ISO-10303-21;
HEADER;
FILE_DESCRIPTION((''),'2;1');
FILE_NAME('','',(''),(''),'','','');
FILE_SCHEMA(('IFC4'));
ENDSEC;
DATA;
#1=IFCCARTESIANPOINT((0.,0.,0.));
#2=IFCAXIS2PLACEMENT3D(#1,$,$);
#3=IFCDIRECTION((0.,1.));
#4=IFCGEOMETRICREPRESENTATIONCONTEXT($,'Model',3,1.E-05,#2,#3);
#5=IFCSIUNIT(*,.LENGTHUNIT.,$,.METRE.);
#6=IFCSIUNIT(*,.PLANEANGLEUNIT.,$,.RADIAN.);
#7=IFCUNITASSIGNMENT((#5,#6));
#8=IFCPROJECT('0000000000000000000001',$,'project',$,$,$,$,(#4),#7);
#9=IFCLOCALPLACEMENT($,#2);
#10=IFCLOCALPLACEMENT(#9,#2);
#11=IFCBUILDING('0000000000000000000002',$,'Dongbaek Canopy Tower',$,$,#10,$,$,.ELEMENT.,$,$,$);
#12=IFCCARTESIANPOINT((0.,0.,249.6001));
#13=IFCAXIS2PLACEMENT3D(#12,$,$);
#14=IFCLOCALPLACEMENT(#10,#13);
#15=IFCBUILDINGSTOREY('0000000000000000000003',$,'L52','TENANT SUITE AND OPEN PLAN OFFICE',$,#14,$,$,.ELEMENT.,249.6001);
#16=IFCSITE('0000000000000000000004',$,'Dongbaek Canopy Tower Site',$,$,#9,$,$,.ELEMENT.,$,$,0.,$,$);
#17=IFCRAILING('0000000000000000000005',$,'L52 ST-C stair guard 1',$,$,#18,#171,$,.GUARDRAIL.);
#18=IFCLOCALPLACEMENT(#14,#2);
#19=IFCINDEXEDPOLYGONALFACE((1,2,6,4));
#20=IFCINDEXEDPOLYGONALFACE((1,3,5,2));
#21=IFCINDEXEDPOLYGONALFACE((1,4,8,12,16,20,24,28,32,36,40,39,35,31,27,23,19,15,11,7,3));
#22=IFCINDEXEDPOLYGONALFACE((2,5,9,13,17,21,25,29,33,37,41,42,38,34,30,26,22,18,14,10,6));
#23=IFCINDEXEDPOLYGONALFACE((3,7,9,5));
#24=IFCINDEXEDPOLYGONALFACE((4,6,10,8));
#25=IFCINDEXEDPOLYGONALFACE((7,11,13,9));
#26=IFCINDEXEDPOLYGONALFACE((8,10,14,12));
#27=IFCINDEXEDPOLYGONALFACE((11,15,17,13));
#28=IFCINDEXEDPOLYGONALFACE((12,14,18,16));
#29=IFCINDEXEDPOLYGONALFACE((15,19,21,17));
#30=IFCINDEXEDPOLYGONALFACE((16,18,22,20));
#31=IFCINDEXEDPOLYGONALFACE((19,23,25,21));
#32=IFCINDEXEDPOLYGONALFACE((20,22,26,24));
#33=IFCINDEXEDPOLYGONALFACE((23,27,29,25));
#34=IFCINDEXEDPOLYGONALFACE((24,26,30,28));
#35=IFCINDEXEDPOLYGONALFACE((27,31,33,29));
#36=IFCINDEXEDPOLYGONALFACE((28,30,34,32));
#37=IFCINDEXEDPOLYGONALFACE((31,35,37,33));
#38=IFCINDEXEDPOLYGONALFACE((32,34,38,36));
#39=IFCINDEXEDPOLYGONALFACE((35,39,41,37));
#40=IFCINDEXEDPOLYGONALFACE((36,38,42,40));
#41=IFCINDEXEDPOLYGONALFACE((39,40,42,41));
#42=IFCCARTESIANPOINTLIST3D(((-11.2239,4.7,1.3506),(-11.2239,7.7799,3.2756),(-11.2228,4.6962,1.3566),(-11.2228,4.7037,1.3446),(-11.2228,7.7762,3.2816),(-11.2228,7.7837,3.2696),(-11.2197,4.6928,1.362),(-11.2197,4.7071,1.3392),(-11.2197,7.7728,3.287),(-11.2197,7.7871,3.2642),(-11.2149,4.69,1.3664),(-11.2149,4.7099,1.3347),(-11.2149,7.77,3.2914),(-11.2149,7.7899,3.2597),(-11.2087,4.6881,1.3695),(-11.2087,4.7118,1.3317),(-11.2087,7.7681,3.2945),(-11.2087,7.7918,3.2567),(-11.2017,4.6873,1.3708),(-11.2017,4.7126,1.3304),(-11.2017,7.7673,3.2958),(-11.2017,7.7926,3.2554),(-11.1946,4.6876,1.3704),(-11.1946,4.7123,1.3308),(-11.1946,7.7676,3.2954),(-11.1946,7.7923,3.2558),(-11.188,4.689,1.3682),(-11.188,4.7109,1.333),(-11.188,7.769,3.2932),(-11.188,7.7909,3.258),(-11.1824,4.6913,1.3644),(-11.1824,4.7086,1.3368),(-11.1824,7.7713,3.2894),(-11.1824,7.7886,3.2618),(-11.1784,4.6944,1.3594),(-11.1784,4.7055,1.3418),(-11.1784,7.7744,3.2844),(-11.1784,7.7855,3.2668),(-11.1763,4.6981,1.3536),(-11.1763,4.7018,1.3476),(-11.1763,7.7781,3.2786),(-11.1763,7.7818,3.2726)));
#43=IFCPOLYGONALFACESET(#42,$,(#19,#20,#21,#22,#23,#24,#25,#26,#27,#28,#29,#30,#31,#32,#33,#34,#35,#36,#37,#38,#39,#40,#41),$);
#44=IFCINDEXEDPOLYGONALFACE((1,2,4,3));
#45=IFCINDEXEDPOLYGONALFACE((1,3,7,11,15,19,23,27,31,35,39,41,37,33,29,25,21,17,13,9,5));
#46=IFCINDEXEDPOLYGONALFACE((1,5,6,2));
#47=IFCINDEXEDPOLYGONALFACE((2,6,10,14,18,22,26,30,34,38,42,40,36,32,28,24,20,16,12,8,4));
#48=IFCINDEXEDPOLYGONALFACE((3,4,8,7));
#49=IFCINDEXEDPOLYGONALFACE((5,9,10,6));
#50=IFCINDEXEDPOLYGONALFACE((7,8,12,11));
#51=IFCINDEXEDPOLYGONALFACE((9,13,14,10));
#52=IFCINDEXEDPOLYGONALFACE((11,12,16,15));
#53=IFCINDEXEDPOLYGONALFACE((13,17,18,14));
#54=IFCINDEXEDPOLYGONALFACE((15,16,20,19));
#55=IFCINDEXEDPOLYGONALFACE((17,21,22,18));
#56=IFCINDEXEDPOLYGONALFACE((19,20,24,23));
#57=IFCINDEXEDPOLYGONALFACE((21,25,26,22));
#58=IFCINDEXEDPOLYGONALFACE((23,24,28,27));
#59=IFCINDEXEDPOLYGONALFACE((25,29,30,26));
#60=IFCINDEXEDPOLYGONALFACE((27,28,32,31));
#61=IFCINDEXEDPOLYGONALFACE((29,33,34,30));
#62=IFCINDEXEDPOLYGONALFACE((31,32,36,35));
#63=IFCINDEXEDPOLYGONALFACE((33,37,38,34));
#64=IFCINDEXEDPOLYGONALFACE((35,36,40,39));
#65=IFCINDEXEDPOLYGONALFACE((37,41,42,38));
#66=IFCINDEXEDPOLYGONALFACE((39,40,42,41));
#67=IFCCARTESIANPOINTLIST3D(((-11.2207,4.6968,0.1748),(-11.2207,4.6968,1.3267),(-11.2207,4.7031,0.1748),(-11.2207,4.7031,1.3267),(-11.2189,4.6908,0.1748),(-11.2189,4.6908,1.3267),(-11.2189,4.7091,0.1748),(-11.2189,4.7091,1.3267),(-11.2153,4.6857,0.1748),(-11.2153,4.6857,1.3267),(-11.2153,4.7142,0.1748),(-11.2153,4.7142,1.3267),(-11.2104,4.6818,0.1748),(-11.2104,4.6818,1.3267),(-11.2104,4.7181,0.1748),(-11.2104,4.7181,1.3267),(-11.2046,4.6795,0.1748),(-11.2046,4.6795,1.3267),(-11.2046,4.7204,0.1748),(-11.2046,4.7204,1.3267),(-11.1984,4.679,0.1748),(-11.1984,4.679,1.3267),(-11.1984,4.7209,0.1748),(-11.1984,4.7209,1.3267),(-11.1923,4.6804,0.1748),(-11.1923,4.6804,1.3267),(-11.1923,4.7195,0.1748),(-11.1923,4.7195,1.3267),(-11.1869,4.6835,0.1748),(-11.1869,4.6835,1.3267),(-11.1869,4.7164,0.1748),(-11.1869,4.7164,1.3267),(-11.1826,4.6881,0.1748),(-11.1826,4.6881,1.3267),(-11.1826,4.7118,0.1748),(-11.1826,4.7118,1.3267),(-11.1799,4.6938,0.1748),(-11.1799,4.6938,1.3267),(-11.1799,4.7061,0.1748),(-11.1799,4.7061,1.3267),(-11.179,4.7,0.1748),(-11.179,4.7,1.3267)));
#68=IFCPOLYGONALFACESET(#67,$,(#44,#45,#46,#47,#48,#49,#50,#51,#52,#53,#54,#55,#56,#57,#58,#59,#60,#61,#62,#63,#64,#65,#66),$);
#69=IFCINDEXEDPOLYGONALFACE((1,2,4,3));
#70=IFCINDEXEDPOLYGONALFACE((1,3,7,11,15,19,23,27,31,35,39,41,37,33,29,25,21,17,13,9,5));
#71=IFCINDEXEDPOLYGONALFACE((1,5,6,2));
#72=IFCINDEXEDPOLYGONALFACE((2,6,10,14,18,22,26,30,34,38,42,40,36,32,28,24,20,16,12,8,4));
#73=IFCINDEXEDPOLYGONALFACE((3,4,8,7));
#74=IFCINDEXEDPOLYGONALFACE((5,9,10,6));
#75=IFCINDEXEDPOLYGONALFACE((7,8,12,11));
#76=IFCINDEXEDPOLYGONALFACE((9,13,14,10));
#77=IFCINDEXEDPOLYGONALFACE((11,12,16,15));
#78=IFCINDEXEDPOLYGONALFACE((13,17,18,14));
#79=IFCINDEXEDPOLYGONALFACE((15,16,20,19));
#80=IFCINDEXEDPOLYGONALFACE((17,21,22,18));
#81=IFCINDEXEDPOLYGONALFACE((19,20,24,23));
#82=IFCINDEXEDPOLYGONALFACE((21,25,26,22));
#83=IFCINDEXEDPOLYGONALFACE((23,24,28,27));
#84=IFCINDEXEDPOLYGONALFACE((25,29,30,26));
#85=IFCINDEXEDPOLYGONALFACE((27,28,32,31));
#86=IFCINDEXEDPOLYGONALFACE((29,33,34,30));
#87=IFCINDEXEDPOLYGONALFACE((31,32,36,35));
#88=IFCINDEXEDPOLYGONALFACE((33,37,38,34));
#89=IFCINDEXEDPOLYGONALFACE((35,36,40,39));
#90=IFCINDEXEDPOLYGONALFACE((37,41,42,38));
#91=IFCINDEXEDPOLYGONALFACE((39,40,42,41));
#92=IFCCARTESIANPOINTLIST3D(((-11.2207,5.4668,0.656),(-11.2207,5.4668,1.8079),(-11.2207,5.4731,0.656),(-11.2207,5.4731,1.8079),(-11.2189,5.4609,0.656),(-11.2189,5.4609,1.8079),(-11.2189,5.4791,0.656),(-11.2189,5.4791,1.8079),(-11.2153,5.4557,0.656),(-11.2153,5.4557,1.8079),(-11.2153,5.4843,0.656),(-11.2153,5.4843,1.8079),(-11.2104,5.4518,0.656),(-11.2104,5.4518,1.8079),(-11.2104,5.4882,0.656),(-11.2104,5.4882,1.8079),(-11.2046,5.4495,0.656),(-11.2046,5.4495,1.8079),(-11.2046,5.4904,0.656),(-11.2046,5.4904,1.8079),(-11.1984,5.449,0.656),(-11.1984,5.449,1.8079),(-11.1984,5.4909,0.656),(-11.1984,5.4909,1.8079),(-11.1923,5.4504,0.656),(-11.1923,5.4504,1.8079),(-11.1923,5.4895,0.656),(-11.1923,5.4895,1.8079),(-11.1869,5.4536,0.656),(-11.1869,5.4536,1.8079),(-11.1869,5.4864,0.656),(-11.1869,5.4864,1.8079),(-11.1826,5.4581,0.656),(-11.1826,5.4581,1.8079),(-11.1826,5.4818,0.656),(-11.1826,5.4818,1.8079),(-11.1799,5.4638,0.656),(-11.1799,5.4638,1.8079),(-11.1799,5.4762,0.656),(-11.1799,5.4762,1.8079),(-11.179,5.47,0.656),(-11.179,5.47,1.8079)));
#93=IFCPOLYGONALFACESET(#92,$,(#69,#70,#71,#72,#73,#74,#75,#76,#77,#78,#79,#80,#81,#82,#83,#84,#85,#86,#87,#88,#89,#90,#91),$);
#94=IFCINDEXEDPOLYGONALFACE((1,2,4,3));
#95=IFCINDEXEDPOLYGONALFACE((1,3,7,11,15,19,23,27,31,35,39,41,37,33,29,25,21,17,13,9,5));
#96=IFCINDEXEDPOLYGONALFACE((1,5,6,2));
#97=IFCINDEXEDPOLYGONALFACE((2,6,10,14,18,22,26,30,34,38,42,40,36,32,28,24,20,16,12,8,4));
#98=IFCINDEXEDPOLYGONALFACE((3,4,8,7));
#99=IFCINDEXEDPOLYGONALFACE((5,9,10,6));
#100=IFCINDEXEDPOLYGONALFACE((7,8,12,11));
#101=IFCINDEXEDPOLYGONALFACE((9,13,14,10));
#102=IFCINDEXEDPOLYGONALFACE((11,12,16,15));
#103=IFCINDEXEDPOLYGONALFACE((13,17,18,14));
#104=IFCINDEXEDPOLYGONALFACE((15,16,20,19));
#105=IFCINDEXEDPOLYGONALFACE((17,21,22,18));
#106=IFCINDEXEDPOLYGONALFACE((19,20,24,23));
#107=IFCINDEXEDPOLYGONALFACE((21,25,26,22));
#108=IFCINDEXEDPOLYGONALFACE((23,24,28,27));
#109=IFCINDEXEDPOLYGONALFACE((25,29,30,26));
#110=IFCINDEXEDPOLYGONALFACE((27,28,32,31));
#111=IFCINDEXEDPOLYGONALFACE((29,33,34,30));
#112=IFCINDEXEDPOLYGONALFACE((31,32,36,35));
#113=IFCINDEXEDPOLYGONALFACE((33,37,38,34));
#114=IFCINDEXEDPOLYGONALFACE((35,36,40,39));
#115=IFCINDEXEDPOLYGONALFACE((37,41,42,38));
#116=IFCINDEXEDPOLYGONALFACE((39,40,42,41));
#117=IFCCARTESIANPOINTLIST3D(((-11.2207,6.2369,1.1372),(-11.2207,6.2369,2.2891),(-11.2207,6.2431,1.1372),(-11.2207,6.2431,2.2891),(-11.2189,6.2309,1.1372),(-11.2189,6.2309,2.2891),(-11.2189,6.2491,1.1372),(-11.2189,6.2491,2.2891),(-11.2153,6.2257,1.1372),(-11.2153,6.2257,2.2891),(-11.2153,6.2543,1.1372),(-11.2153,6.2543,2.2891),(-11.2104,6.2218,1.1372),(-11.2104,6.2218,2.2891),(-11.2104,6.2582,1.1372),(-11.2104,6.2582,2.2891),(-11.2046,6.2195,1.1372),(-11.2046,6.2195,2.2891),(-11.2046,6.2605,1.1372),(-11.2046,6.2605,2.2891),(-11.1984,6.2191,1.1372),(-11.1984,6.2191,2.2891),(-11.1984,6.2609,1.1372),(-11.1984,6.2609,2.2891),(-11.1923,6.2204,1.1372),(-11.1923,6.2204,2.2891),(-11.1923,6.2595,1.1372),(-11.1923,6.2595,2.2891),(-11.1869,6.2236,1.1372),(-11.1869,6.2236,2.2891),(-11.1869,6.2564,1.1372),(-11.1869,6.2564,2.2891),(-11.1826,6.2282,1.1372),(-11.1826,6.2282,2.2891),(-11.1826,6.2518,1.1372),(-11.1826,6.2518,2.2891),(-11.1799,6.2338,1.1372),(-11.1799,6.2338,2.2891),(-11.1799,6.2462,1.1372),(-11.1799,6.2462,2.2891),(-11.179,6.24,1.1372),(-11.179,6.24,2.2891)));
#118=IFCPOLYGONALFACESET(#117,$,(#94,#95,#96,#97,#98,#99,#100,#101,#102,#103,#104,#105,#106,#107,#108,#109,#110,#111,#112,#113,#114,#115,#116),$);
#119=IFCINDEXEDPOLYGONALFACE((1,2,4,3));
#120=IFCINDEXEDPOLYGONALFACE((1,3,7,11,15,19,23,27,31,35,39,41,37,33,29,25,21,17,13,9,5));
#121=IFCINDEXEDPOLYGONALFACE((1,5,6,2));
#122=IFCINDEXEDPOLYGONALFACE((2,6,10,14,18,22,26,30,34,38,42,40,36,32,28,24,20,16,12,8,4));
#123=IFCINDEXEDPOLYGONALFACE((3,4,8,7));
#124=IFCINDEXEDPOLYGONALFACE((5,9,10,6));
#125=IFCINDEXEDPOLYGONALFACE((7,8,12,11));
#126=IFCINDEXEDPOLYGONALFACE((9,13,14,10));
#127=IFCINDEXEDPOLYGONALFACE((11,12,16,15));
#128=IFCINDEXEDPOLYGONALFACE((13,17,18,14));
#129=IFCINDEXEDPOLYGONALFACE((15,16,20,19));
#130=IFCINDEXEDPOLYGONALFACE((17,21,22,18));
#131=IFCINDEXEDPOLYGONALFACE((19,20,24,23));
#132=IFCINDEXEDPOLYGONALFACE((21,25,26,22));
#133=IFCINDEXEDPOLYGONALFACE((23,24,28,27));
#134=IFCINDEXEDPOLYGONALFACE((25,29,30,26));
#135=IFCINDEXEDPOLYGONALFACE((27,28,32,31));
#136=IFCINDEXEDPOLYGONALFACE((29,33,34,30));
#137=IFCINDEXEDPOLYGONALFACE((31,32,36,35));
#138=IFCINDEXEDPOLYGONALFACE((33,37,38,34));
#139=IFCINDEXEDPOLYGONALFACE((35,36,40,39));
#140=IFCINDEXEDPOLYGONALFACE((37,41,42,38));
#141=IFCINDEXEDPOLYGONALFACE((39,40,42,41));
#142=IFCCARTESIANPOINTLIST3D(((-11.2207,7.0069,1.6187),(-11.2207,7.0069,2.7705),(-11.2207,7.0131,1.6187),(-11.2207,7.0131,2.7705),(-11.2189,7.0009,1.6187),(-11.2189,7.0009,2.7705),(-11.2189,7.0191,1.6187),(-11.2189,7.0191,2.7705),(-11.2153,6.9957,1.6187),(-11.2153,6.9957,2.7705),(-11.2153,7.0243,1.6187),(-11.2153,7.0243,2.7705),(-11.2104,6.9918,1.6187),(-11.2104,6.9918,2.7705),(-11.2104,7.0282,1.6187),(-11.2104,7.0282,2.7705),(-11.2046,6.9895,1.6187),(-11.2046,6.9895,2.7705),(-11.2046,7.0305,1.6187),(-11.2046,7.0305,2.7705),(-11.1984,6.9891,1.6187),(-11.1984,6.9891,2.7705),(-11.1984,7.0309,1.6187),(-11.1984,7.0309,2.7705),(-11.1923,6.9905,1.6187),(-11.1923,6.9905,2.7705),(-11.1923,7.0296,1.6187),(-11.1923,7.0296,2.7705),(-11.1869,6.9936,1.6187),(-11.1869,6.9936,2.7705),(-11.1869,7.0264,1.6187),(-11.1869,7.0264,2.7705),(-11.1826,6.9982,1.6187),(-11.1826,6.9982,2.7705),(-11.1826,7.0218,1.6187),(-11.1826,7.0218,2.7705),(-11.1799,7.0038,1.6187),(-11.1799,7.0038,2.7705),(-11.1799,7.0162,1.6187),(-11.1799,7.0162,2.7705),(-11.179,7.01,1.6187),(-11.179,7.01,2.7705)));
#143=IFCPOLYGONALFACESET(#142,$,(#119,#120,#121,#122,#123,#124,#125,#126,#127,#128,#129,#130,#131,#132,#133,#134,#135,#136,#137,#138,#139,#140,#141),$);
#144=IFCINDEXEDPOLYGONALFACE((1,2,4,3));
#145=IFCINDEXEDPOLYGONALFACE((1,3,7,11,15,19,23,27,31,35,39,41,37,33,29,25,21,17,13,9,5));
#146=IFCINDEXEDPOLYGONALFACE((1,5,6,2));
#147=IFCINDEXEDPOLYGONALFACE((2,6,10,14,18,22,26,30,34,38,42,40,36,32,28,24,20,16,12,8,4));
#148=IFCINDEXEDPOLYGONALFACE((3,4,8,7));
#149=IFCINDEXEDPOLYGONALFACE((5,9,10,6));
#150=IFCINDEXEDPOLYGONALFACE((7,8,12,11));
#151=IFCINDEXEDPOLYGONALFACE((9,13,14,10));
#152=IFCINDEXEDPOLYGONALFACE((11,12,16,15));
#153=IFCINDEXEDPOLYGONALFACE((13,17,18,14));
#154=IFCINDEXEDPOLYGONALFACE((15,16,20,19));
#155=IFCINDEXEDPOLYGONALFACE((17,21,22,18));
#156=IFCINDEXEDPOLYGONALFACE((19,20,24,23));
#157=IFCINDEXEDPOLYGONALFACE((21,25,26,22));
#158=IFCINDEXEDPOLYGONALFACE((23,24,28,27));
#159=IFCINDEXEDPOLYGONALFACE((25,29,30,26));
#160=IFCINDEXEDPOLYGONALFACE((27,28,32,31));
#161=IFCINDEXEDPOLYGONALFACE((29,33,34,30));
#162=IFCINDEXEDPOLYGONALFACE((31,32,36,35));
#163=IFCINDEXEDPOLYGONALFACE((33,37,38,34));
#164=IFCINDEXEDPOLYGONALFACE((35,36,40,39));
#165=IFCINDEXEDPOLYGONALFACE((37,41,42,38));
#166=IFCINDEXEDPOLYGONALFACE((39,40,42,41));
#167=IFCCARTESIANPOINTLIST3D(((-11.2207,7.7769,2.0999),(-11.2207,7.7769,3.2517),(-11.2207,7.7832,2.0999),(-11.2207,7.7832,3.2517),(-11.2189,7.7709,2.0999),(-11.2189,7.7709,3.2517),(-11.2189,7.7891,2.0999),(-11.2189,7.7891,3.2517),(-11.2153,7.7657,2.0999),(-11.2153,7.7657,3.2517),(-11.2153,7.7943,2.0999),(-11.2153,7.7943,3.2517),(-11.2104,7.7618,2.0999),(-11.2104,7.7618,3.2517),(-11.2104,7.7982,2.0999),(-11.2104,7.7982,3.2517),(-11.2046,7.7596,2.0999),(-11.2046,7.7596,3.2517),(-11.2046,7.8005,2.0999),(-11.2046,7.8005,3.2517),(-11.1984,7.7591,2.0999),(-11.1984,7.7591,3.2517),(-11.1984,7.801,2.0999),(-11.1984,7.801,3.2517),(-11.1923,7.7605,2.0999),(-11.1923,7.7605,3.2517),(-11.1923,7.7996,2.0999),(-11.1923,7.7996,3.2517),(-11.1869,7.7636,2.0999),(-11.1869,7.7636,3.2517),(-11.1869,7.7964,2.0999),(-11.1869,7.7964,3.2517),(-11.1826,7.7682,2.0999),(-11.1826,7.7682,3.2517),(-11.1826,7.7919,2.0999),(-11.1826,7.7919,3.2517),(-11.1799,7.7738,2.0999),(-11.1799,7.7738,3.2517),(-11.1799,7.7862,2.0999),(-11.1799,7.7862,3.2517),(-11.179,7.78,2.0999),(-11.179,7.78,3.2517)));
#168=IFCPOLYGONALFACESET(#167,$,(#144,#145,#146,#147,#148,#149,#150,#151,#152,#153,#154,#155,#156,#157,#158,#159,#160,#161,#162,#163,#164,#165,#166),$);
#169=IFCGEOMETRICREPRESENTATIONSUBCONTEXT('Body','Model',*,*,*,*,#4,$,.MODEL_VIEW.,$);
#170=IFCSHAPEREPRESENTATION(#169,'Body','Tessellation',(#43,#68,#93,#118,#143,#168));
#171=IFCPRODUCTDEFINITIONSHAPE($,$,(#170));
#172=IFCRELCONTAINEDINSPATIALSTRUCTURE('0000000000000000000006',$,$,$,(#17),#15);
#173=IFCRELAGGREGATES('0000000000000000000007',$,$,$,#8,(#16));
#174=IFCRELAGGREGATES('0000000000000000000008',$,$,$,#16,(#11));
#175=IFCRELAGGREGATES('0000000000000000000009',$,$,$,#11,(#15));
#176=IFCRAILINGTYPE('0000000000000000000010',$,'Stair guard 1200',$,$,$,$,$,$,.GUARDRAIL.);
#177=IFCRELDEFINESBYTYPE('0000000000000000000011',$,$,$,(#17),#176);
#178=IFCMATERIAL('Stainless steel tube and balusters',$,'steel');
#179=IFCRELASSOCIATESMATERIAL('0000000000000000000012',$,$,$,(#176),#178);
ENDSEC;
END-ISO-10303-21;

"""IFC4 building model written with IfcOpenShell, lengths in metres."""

from ifc_helpers import new_model, si_unit, direction, frame, origin, origin_2d, place, context, subcontext, project, spatial, circle, extrude, material, type_object, element, save


model = new_model("IFC4")

# Units and contexts
model_context = context("Model", 3, precision=1e-05, world=origin(), true_north=direction((0.0, 1.0)))
body_context = subcontext(model_context, "Body", "Model", "MODEL_VIEW")
ifc_project = project(units=[si_unit("LENGTHUNIT", "METRE"), si_unit("PLANEANGLEUNIT", "RADIAN")], contexts=[model_context])

# Site, building, storey
site_placement = place(None, origin())
site = spatial("IfcSite", under=ifc_project, at=site_placement, Name="Dongbaek Canopy Tower Site", CompositionType="ELEMENT", RefElevation=0.0)
building_placement = place(site_placement, origin())
building = spatial("IfcBuilding", under=site, at=building_placement, Name="Dongbaek Canopy Tower", CompositionType="ELEMENT")
storey_placement = place(building_placement, frame((0.0, 0.0, 249.6001)))
storey = spatial("IfcBuildingStorey", under=building, at=storey_placement, Name="L52", Description="TENANT SUITE AND OPEN PLAN OFFICE", CompositionType="ELEMENT", Elevation=249.6001)

# Railing
ifc_material_1 = material(Name="Stainless steel tube and balusters", Category="steel")
railing_type_1 = type_object("IfcRailingType", Name="Stair guard 1200", PredefinedType="GUARDRAIL", material=ifc_material_1)
railing_1_placement = place(storey_placement, frame((-11.2, 4.7, 0.1748)))
element("IfcRailing", 1, at=railing_1_placement, inside=storey, type_object=railing_type_1, Name="L52 ST-C stair guard 1", PredefinedType="GUARDRAIL", context=body_context, shape_type="SweptSolid", body=[
    extrude(circle(Radius=0.0239, at=origin_2d()), frame((0.0, 0.0, 1.1758), z_axis=(0.0, 0.847998, 0.529999), x_axis=(-1.0, 0.0, 0.0)), (0.0, 0.0, 1.0), 3.6321),
    extrude(circle(Radius=0.021, at=origin_2d()), origin(), (0.0, 0.0, 1.0), 1.1519),
    extrude(circle(Radius=0.021, at=origin_2d()), frame((0.0, 0.77, 0.4812)), (0.0, 0.0, 1.0), 1.1519),
    extrude(circle(Radius=0.021, at=origin_2d()), frame((0.0, 1.54, 0.9624)), (0.0, 0.0, 1.0), 1.1519),
    extrude(circle(Radius=0.021, at=origin_2d()), frame((0.0, 2.3101, 1.4438)), (0.0, 0.0, 1.0), 1.1519),
    extrude(circle(Radius=0.021, at=origin_2d()), frame((0.0, 3.0801, 1.925)), (0.0, 0.0, 1.0), 1.1519),
])

save(model, "model.ifc")
